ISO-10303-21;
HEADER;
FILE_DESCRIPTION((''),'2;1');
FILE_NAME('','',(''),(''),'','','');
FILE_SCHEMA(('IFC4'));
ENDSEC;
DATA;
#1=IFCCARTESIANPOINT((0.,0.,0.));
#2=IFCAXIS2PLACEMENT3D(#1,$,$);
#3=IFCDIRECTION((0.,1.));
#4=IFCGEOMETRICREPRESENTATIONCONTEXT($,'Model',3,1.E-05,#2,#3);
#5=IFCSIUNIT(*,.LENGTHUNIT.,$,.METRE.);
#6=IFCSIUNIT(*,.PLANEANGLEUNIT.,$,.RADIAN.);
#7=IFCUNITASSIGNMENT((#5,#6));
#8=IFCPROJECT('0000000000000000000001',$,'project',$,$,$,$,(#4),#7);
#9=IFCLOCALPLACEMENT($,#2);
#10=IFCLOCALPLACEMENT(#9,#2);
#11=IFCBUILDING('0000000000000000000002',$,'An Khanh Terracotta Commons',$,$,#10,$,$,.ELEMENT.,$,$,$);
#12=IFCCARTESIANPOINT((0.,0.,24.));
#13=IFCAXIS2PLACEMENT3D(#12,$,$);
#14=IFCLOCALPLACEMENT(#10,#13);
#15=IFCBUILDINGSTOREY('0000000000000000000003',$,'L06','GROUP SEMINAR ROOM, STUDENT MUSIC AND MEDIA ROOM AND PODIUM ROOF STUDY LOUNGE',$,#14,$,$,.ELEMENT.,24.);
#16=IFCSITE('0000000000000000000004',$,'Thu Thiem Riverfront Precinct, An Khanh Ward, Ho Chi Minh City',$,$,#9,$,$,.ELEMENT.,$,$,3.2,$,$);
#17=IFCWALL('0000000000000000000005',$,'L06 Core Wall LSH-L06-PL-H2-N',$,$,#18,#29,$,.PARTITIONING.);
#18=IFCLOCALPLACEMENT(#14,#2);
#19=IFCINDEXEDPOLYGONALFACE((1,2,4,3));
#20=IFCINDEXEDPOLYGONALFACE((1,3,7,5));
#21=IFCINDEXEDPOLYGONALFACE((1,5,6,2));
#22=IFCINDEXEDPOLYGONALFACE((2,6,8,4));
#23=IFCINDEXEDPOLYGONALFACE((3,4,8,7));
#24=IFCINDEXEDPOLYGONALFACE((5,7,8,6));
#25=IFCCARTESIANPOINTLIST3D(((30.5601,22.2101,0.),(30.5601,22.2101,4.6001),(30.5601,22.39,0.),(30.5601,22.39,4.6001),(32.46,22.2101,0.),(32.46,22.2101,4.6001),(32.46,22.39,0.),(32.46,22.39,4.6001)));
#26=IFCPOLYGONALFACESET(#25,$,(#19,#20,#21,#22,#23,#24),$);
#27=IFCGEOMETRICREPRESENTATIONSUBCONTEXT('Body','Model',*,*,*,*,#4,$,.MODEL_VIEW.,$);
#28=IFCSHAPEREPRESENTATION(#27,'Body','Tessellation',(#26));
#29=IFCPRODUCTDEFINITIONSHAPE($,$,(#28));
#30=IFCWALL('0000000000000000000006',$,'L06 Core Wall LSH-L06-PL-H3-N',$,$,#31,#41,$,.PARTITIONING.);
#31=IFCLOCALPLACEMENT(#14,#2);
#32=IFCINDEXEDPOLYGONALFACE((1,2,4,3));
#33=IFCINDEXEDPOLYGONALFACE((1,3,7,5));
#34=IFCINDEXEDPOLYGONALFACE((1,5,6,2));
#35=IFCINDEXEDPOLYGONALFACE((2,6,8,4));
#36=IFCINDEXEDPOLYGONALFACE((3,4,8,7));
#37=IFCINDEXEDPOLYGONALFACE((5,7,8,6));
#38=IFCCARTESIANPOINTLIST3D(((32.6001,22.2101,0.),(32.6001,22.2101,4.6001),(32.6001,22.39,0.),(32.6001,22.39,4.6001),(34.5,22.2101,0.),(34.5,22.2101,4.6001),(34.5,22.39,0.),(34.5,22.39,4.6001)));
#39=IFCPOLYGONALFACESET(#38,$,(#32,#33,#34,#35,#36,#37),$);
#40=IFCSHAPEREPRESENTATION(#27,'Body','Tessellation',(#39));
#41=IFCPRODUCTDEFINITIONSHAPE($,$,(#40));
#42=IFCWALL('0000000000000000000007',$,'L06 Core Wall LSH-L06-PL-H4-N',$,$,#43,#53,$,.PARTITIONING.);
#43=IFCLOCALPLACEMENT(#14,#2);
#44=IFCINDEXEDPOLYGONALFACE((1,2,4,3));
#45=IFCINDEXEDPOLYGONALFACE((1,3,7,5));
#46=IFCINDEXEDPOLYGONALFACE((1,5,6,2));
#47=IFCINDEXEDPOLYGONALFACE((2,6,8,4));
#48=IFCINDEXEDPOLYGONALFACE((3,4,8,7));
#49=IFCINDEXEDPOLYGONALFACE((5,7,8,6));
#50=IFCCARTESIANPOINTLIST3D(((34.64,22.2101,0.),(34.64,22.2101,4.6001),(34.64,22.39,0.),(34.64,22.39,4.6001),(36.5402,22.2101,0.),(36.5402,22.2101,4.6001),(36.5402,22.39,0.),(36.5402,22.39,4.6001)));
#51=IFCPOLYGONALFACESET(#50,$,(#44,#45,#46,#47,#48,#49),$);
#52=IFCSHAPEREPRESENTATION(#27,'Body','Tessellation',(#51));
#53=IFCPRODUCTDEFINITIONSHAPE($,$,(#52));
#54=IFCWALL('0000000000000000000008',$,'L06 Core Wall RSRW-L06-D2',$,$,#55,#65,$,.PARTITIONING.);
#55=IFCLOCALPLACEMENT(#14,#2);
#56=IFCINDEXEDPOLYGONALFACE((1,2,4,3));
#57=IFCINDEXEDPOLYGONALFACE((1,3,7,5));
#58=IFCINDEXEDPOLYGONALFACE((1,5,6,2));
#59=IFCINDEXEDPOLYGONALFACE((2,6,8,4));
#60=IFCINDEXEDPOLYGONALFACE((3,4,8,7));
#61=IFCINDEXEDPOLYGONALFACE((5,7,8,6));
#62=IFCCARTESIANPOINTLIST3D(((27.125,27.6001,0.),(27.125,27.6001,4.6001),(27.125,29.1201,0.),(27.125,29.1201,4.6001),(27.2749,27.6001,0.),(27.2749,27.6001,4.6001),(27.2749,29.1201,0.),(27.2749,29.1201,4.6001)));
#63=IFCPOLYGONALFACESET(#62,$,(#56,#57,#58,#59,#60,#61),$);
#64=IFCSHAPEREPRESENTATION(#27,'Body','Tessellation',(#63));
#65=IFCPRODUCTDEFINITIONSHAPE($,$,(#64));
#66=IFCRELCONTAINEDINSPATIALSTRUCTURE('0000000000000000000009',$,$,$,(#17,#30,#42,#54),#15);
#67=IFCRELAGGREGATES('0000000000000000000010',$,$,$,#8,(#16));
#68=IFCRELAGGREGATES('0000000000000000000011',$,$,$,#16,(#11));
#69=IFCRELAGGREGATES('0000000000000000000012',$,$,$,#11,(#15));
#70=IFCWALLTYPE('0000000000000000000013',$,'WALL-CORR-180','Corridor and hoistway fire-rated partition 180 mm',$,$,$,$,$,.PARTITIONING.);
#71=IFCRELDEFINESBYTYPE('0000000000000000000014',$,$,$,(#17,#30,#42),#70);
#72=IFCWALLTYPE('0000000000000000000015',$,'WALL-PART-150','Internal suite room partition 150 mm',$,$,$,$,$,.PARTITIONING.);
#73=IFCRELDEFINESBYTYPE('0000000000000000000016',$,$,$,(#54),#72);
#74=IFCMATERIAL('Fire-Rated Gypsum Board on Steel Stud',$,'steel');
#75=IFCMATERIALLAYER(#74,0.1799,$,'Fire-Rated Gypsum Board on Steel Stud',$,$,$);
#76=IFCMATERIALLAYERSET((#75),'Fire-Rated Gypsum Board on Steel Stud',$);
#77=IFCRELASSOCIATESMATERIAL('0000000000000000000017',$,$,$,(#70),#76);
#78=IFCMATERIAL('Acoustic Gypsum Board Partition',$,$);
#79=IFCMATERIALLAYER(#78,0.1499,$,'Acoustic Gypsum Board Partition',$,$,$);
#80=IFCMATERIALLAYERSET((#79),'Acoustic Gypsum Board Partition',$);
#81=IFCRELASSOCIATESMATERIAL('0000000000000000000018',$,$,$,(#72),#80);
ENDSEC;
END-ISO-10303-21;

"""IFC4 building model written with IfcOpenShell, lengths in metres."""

from ifc_helpers import new_model, si_unit, direction, frame, frame_2d, origin, place, context, subcontext, project, spatial, rectangle, extrude, material, layer, layer_set, type_object, element, save


model = new_model("IFC4")

# Units and contexts
model_context = context("Model", 3, precision=1e-05, world=origin(), true_north=direction((0.0, 1.0)))
body_context = subcontext(model_context, "Body", "Model", "MODEL_VIEW")
ifc_project = project(units=[si_unit("LENGTHUNIT", "METRE"), si_unit("PLANEANGLEUNIT", "RADIAN")], contexts=[model_context])

# Site, building, storey
site_placement = place(None, origin())
site = spatial("IfcSite", under=ifc_project, at=site_placement, Name="Thu Thiem Riverfront Precinct, An Khanh Ward, Ho Chi Minh City", CompositionType="ELEMENT", RefElevation=3.2)
building_placement = place(site_placement, origin())
building = spatial("IfcBuilding", under=site, at=building_placement, Name="An Khanh Terracotta Commons", CompositionType="ELEMENT")
storey_placement = place(building_placement, frame((0.0, 0.0, 24.0)))
storey = spatial("IfcBuildingStorey", under=building, at=storey_placement, Name="L06", Description="GROUP SEMINAR ROOM, STUDENT MUSIC AND MEDIA ROOM AND PODIUM ROOF STUDY LOUNGE", CompositionType="ELEMENT", Elevation=24.0)

# Shared definitions
ifc_material_1 = material(Name="Fire-Rated Gypsum Board on Steel Stud", Category="steel")
ifc_layer_1 = layer(ifc_material_1, 0.1799, Name="Fire-Rated Gypsum Board on Steel Stud")
ifc_layer_set_1 = layer_set([ifc_layer_1], Name="Fire-Rated Gypsum Board on Steel Stud")
wall_type_1 = type_object("IfcWallType", Name="WALL-CORR-180", Description="Corridor and hoistway fire-rated partition 180 mm", PredefinedType="PARTITIONING", material=ifc_layer_set_1)

# Walls
for number, where, z_axis, x_axis, name in (
    (1, (30.5601, 22.3, 0.0), (0.0, 0.0, 1.0), (1.0, 0.0, 0.0), "L06 Core Wall LSH-L06-PL-H2-N"),
    (2, (32.6001, 22.3, 0.0), (0.0, 0.0, 1.0), (1.0, 0.0, 0.0), "L06 Core Wall LSH-L06-PL-H3-N"),
):
    element("IfcWall", number, at=place(storey_placement, frame(where, z_axis=z_axis, x_axis=x_axis)), inside=storey, type_object=wall_type_1, Name=name, PredefinedType="PARTITIONING", context=body_context, shape_type="SweptSolid", body=[
        extrude(rectangle(XDim=1.8999, YDim=0.1799, at=frame_2d((0.95, 0.0))), origin(), (0.0, 0.0, 1.0), 4.6001),
    ])
wall_1_placement = place(storey_placement, frame((34.6399, 22.3, 0.0), z_axis=(0.0, 0.0, 1.0), x_axis=(1.0, 0.0, 0.0)))
element("IfcWall", 3, at=wall_1_placement, inside=storey, type_object=wall_type_1, Name="L06 Core Wall LSH-L06-PL-H4-N", PredefinedType="PARTITIONING", context=body_context, shape_type="SweptSolid", body=[
    extrude(rectangle(XDim=1.9001, YDim=0.1799, at=frame_2d((0.9502, 0.0))), origin(), (0.0, 0.0, 1.0), 4.6001),
])
ifc_material_2 = material(Name="Acoustic Gypsum Board Partition")
ifc_layer_2 = layer(ifc_material_2, 0.1499, Name="Acoustic Gypsum Board Partition")
ifc_layer_set_2 = layer_set([ifc_layer_2], Name="Acoustic Gypsum Board Partition")
wall_type_2 = type_object("IfcWallType", Name="WALL-PART-150", Description="Internal suite room partition 150 mm", PredefinedType="PARTITIONING", material=ifc_layer_set_2)
wall_2_placement = place(storey_placement, frame((27.2, 27.6001, 0.0), z_axis=(0.0, 0.0, 1.0), x_axis=(0.0, 1.0, 0.0)))
element("IfcWall", 4, at=wall_2_placement, inside=storey, type_object=wall_type_2, Name="L06 Core Wall RSRW-L06-D2", PredefinedType="PARTITIONING", context=body_context, shape_type="SweptSolid", body=[
    extrude(rectangle(XDim=1.52, YDim=0.1499, at=frame_2d((0.76, 0.0))), origin(), (0.0, 0.0, 1.0), 4.6001),
])

save(model, "model.ifc")
